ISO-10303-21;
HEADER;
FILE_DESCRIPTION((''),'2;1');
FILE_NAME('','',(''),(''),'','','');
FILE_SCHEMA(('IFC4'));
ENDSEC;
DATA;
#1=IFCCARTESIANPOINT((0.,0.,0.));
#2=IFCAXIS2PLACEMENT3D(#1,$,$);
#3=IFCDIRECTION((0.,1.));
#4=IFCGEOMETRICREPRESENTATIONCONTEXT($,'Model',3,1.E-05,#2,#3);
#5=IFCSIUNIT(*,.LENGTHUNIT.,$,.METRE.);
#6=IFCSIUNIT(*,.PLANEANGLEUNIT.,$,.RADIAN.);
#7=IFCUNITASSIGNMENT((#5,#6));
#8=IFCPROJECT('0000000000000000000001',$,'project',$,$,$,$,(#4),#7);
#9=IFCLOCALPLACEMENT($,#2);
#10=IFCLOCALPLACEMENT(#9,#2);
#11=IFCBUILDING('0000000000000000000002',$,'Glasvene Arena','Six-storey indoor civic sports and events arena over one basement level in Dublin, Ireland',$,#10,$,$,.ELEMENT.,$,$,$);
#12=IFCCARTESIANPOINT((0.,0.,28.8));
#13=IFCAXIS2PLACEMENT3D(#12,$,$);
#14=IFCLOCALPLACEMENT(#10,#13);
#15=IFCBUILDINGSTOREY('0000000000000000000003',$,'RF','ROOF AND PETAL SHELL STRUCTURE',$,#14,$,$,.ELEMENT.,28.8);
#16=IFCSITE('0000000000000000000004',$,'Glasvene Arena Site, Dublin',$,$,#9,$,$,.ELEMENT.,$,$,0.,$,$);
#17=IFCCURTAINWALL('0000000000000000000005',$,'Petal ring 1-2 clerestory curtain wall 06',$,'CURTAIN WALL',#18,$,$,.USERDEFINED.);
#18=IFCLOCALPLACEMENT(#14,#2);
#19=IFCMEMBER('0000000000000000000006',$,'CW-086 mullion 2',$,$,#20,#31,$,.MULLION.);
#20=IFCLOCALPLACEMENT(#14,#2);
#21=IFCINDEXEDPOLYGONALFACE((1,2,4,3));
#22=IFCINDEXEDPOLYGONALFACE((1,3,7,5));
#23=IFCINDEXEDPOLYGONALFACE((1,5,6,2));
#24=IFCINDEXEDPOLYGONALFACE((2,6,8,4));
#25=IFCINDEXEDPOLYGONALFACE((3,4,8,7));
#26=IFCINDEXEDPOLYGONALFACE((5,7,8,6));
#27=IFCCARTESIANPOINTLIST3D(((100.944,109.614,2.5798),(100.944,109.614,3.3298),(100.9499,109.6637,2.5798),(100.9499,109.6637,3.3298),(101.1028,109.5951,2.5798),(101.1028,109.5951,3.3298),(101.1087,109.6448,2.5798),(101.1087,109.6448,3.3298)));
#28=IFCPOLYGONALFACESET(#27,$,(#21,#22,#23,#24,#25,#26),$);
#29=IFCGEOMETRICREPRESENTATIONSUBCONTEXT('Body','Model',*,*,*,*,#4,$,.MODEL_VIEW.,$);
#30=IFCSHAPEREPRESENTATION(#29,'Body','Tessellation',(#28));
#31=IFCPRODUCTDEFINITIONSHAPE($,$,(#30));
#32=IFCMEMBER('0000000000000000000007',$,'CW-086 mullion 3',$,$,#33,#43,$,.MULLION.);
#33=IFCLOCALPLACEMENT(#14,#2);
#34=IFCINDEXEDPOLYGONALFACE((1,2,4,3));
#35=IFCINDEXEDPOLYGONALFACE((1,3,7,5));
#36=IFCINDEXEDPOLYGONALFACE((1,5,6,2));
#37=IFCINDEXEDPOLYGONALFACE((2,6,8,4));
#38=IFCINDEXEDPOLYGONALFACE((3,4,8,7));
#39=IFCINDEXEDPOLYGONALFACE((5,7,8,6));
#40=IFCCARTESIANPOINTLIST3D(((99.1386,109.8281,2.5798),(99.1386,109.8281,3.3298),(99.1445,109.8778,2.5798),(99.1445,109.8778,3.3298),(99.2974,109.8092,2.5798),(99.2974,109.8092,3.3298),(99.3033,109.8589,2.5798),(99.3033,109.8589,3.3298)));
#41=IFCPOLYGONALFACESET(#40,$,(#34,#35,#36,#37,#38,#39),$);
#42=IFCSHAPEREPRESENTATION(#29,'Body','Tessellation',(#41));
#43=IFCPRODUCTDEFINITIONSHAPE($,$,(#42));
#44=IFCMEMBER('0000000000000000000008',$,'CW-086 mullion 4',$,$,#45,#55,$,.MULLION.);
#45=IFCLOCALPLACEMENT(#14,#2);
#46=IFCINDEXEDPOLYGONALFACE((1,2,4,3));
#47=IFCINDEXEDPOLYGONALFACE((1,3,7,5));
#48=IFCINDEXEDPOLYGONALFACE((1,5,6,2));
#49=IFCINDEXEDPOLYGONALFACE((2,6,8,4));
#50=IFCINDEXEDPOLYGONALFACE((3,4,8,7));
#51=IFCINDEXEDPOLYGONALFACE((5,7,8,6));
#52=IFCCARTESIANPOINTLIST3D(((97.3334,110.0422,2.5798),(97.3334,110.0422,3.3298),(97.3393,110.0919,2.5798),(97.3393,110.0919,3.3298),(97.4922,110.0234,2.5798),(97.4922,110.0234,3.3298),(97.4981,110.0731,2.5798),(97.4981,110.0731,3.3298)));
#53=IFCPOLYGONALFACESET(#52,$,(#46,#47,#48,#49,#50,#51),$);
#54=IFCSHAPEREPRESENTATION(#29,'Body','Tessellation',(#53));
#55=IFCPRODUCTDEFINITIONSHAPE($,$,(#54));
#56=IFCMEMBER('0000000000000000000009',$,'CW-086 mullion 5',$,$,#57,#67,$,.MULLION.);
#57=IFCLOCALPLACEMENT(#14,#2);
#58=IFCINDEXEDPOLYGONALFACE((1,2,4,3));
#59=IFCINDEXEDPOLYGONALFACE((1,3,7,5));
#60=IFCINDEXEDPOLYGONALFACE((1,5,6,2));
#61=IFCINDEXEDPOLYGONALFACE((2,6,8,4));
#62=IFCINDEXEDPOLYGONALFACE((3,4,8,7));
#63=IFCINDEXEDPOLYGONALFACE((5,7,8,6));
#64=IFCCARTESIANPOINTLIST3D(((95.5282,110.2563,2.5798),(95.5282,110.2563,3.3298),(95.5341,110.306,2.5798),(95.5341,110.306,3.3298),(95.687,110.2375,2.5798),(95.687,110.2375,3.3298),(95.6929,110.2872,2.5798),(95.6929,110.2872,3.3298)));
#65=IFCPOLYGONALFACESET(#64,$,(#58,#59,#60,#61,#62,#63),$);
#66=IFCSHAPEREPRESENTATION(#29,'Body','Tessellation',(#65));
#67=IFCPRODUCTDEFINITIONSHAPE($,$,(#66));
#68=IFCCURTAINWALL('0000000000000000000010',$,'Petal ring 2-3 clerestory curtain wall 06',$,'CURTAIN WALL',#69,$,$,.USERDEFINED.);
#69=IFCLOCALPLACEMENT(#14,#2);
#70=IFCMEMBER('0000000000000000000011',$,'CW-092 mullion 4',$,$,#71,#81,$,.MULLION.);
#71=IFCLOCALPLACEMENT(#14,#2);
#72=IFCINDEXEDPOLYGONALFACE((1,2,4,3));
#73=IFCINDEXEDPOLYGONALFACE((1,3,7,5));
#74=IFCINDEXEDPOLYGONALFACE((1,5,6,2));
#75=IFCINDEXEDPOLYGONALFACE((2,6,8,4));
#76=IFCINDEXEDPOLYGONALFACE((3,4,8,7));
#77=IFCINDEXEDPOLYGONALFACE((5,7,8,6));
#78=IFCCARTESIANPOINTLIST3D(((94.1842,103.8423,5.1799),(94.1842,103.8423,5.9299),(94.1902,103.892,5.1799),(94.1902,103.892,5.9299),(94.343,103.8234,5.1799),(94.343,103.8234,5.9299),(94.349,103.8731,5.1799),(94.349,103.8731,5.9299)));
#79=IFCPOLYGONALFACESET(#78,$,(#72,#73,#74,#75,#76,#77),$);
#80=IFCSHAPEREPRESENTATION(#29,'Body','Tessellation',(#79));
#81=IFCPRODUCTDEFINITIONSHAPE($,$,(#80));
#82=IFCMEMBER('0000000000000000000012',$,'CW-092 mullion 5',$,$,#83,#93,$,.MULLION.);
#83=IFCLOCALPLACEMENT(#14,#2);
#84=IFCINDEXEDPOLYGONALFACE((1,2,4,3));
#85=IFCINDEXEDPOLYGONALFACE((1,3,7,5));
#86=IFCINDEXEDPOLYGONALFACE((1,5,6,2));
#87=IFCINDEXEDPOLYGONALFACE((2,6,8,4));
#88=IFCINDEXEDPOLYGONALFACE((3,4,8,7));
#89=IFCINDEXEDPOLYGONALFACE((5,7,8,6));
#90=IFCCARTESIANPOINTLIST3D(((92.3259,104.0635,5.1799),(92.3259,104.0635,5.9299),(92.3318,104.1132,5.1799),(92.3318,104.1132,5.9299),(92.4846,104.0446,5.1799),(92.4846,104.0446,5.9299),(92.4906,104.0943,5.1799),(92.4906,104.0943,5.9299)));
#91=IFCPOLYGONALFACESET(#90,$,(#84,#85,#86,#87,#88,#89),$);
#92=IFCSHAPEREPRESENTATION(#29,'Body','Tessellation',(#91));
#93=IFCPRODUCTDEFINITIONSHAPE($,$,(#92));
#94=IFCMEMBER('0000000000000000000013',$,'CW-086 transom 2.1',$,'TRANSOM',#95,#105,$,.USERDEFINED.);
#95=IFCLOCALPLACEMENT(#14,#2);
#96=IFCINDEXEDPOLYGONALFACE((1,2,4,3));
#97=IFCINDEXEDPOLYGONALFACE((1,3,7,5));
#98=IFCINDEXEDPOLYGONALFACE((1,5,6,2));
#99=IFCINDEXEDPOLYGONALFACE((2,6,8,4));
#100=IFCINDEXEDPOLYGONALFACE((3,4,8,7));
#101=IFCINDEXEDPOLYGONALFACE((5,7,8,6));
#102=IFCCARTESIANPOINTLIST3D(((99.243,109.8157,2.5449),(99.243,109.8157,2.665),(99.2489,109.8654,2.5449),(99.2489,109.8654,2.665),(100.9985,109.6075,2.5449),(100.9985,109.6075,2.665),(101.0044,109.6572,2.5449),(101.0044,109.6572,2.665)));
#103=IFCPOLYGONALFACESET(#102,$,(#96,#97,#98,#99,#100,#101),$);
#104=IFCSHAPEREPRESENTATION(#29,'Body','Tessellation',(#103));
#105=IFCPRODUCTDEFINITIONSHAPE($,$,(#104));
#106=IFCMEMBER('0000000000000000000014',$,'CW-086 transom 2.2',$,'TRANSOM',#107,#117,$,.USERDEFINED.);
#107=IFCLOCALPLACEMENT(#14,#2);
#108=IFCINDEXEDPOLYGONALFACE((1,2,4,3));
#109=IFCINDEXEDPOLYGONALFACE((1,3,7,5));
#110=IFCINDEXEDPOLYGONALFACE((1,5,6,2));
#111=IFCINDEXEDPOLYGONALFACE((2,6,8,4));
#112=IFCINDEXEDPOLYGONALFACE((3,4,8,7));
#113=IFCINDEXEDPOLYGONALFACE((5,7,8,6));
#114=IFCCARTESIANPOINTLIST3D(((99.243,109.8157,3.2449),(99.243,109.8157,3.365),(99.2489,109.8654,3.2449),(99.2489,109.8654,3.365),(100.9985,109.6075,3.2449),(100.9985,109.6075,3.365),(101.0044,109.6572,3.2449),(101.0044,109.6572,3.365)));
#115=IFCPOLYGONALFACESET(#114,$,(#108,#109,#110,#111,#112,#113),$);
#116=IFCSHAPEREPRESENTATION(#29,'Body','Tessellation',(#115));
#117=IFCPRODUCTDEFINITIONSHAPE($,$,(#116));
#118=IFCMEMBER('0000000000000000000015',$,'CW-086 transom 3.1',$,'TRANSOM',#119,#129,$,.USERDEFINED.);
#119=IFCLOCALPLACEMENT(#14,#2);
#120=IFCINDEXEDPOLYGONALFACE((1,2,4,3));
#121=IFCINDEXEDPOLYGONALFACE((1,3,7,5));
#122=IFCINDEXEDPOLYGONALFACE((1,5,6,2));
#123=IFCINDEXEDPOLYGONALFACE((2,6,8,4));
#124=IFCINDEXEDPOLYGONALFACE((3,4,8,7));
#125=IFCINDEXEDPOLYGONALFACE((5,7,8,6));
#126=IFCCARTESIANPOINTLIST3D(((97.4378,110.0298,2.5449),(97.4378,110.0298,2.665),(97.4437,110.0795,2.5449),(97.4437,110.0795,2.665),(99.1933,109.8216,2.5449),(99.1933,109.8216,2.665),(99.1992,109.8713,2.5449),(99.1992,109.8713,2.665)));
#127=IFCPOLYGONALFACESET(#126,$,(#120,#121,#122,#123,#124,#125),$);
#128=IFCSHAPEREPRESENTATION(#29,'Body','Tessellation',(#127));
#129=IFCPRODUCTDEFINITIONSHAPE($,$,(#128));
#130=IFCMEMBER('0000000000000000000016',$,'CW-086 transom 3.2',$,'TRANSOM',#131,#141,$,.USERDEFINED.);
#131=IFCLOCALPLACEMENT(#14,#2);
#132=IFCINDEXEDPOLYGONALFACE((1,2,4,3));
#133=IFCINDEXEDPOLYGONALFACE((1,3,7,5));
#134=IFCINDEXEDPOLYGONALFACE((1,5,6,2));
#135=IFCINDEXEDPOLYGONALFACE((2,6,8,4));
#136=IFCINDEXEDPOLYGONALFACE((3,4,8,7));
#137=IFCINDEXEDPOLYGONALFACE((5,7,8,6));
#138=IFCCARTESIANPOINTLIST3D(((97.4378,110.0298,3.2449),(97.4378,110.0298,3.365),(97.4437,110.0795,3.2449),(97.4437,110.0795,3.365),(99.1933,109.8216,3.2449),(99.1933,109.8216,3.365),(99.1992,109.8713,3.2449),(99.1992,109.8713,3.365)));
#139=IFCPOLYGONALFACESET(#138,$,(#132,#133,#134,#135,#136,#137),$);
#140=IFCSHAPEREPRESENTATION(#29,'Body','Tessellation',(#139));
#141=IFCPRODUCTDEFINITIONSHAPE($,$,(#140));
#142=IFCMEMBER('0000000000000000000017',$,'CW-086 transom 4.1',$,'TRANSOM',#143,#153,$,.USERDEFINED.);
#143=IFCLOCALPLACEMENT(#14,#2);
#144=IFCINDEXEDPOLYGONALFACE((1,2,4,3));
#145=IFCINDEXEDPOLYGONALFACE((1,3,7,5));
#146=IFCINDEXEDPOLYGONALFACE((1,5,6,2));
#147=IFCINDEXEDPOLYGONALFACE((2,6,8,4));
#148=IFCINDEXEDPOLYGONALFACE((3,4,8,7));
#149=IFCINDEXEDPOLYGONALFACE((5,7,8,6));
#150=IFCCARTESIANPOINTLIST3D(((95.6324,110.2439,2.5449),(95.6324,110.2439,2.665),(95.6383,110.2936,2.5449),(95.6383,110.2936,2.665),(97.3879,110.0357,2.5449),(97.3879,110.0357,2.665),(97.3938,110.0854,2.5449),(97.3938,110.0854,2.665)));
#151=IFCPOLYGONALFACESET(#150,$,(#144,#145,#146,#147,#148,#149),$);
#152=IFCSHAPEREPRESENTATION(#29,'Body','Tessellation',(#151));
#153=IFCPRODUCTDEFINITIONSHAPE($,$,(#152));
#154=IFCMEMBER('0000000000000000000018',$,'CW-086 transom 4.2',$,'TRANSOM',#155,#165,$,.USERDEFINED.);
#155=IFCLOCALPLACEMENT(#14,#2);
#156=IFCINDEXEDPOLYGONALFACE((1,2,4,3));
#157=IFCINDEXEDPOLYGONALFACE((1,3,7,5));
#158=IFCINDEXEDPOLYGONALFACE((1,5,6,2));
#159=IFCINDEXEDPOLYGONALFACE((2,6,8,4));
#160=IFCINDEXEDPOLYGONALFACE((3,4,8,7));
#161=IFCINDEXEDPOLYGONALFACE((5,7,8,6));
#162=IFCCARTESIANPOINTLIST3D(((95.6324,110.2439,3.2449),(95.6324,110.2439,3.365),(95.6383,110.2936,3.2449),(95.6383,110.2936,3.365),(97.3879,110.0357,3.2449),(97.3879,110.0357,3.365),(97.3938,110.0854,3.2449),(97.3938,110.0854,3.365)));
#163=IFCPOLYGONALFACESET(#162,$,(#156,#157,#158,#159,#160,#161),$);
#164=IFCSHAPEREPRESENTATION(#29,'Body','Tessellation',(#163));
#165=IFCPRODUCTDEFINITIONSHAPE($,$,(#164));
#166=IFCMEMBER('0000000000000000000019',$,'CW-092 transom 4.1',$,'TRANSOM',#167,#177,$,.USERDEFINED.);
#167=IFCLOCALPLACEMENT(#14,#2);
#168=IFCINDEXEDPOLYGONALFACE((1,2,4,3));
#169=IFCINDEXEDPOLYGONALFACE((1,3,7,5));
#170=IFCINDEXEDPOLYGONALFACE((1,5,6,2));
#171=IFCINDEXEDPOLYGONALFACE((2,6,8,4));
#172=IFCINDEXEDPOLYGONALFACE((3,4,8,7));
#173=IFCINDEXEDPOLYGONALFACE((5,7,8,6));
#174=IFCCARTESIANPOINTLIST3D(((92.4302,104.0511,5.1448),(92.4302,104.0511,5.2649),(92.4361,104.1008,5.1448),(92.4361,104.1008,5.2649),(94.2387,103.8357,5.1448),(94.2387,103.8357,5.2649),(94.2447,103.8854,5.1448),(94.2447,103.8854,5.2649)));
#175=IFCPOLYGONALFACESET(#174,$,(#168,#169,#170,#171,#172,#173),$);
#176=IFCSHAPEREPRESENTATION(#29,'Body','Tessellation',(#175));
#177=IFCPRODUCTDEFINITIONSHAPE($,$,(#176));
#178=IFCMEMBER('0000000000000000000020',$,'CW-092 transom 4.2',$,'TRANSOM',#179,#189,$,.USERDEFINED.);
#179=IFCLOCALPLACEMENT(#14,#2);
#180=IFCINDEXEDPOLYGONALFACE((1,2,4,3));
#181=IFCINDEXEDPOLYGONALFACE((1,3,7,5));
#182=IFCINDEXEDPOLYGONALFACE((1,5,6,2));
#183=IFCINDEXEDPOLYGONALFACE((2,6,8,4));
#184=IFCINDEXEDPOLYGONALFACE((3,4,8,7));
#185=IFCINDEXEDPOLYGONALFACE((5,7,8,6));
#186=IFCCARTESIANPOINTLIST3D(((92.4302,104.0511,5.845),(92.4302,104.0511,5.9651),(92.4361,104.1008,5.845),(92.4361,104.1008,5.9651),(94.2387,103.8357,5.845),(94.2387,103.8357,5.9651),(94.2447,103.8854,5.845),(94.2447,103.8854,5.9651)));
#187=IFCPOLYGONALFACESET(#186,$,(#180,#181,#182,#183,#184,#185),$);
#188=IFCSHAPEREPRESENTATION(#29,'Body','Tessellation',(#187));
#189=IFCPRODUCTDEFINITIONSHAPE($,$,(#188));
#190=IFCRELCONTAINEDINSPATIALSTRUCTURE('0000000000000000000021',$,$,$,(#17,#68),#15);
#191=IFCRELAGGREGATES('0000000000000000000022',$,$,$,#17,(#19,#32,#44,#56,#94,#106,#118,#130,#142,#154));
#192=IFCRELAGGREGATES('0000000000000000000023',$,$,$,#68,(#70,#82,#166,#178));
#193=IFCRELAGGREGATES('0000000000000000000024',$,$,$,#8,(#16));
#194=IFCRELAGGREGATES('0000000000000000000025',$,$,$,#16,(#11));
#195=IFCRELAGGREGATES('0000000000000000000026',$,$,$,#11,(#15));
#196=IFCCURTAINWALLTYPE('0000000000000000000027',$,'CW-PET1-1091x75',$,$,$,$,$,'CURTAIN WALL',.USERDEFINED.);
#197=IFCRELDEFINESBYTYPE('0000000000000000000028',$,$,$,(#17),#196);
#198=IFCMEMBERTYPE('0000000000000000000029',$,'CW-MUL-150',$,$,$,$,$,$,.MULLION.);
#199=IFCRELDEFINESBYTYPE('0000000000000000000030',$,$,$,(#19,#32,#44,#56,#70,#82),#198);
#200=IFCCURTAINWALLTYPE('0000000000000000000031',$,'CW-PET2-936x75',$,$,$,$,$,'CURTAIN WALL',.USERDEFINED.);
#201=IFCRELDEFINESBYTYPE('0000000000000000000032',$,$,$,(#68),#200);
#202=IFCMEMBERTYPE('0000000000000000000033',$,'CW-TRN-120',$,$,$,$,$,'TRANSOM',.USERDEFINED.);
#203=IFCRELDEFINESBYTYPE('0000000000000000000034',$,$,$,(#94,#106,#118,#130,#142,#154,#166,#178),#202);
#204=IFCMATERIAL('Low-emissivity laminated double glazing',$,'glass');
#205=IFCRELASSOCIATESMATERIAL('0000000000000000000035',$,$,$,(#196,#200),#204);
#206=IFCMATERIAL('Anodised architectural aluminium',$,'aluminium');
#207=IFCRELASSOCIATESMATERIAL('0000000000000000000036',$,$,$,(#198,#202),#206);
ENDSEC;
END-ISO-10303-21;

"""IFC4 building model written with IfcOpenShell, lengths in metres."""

from ifc_helpers import new_model, si_unit, direction, frame, origin, origin_2d, place, context, subcontext, project, spatial, rectangle, extrude, material, material_profile, profile_set, type_object, element, aggregate, save


model = new_model("IFC4")

# Units and contexts
model_context = context("Model", 3, precision=1e-05, world=origin(), true_north=direction((0.0, 1.0)))
body_context = subcontext(model_context, "Body", "Model", "MODEL_VIEW")
ifc_project = project(units=[si_unit("LENGTHUNIT", "METRE"), si_unit("PLANEANGLEUNIT", "RADIAN")], contexts=[model_context])

# Site, building, storey
site_placement = place(None, origin())
site = spatial("IfcSite", under=ifc_project, at=site_placement, Name="Glasvene Arena Site, Dublin", CompositionType="ELEMENT", RefElevation=0.0)
building_placement = place(site_placement, origin())
building = spatial("IfcBuilding", under=site, at=building_placement, Name="Glasvene Arena", Description="Six-storey indoor civic sports and events arena over one basement level in Dublin, Ireland", CompositionType="ELEMENT")
storey_placement = place(building_placement, frame((0.0, 0.0, 28.8)))
storey = spatial("IfcBuildingStorey", under=building, at=storey_placement, Name="RF", Description="ROOF AND PETAL SHELL STRUCTURE", CompositionType="ELEMENT", Elevation=28.8)

# Curtain walls, members
ifc_material_1 = material(Name="Low-emissivity laminated double glazing", Category="glass")
curtain_wall_type_1 = type_object("IfcCurtainWallType", Name="CW-PET1-1091x75", ElementType="CURTAIN WALL", PredefinedType="USERDEFINED", material=ifc_material_1)
curtain_wall_1_placement = place(storey_placement, frame((102.8315, 109.4153, 0.0)))
curtain_wall_1 = element("IfcCurtainWall", 1, at=curtain_wall_1_placement, inside=storey, type_object=curtain_wall_type_1, Name="Petal ring 1-2 clerestory curtain wall 06", ObjectType="CURTAIN WALL", PredefinedType="USERDEFINED")
ifc_material_2 = material(Name="Anodised architectural aluminium", Category="aluminium")
ifc_material_profile_1 = material_profile(ifc_material_2, rectangle(XDim=0.05, YDim=0.1599, at=origin_2d()), Name="ALU MULLION 50x160")
ifc_profile_set_1 = profile_set([ifc_material_profile_1], Name="Anodised architectural aluminium")
member_type_1 = type_object("IfcMemberType", Name="CW-MUL-150", PredefinedType="MULLION", material=ifc_profile_set_1)
member_1_placement = place(storey_placement, frame((101.0264, 109.6294, 2.5798), z_axis=(0.0, 0.0, 1.0), x_axis=(-0.117772, -0.993041, 0.0)))
member_1 = element("IfcMember", 2, at=member_1_placement, type_object=member_type_1, Name="CW-086 mullion 2", PredefinedType="MULLION", context=body_context, shape_type="SweptSolid", body=[
    extrude(rectangle(XDim=0.05, YDim=0.1599, at=origin_2d()), origin(), (0.0, 0.0, 1.0), 0.75),
])
member_2_placement = place(storey_placement, frame((99.2209, 109.8435, 2.5798), z_axis=(0.0, 0.0, 1.0), x_axis=(-0.117772, -0.993041, 0.0)))
member_2 = element("IfcMember", 3, at=member_2_placement, type_object=member_type_1, Name="CW-086 mullion 3", PredefinedType="MULLION", context=body_context, shape_type="SweptSolid", body=[
    extrude(rectangle(XDim=0.05, YDim=0.1599, at=origin_2d()), origin(), (0.0, 0.0, 1.0), 0.75),
])
member_3_placement = place(storey_placement, frame((97.4158, 110.0576, 2.5798), z_axis=(0.0, 0.0, 1.0), x_axis=(-0.117772, -0.993041, 0.0)))
member_3 = element("IfcMember", 4, at=member_3_placement, type_object=member_type_1, Name="CW-086 mullion 4", PredefinedType="MULLION", context=body_context, shape_type="SweptSolid", body=[
    extrude(rectangle(XDim=0.05, YDim=0.1599, at=origin_2d()), origin(), (0.0, 0.0, 1.0), 0.75),
])
member_4_placement = place(storey_placement, frame((95.6106, 110.2717, 2.5798), z_axis=(0.0, 0.0, 1.0), x_axis=(-0.117772, -0.993041, 0.0)))
member_4 = element("IfcMember", 5, at=member_4_placement, type_object=member_type_1, Name="CW-086 mullion 5", PredefinedType="MULLION", context=body_context, shape_type="SweptSolid", body=[
    extrude(rectangle(XDim=0.05, YDim=0.1599, at=origin_2d()), origin(), (0.0, 0.0, 1.0), 0.75),
])
curtain_wall_type_2 = type_object("IfcCurtainWallType", Name="CW-PET2-936x75", ElementType="CURTAIN WALL", PredefinedType="USERDEFINED", material=ifc_material_1)
curtain_wall_2_placement = place(storey_placement, frame((99.8416, 103.1943, 0.0)))
curtain_wall_2 = element("IfcCurtainWall", 6, at=curtain_wall_2_placement, inside=storey, type_object=curtain_wall_type_2, Name="Petal ring 2-3 clerestory curtain wall 06", ObjectType="CURTAIN WALL", PredefinedType="USERDEFINED")
member_5_placement = place(storey_placement, frame((94.2666, 103.8577, 5.1799), z_axis=(0.0, 0.0, 1.0), x_axis=(-0.118166, -0.992994, 0.0)))
member_5 = element("IfcMember", 7, at=member_5_placement, type_object=member_type_1, Name="CW-092 mullion 4", PredefinedType="MULLION", context=body_context, shape_type="SweptSolid", body=[
    extrude(rectangle(XDim=0.05, YDim=0.1599, at=origin_2d()), origin(), (0.0, 0.0, 1.0), 0.75),
])
member_6_placement = place(storey_placement, frame((92.4082, 104.0789, 5.1799), z_axis=(0.0, 0.0, 1.0), x_axis=(-0.118166, -0.992994, 0.0)))
member_6 = element("IfcMember", 8, at=member_6_placement, type_object=member_type_1, Name="CW-092 mullion 5", PredefinedType="MULLION", context=body_context, shape_type="SweptSolid", body=[
    extrude(rectangle(XDim=0.05, YDim=0.1599, at=origin_2d()), origin(), (0.0, 0.0, 1.0), 0.75),
])

# Members
ifc_material_profile_2 = material_profile(ifc_material_2, rectangle(XDim=0.05, YDim=0.1201, at=origin_2d()), Name="ALU TRANSOM 50x120")
ifc_profile_set_2 = profile_set([ifc_material_profile_2], Name="Anodised architectural aluminium")
member_type_2 = type_object("IfcMemberType", Name="CW-TRN-120", ElementType="TRANSOM", PredefinedType="USERDEFINED", material=ifc_profile_set_2)
member_7_placement = place(storey_placement, frame((101.0015, 109.6323, 2.605), z_axis=(-0.993038, 0.117795, 0.0), x_axis=(-0.117795, -0.993038, 0.0)))
member_7 = element("IfcMember", 9, at=member_7_placement, type_object=member_type_2, Name="CW-086 transom 2.1", ObjectType="TRANSOM", PredefinedType="USERDEFINED", context=body_context, shape_type="SweptSolid", body=[
    extrude(rectangle(XDim=0.05, YDim=0.1201, at=origin_2d()), origin(), (0.0, 0.0, 1.0), 1.7678),
])
member_8_placement = place(storey_placement, frame((101.0015, 109.6323, 3.3049), z_axis=(-0.993038, 0.117795, 0.0), x_axis=(-0.117795, -0.993038, 0.0)))
member_8 = element("IfcMember", 10, at=member_8_placement, type_object=member_type_2, Name="CW-086 transom 2.2", ObjectType="TRANSOM", PredefinedType="USERDEFINED", context=body_context, shape_type="SweptSolid", body=[
    extrude(rectangle(XDim=0.05, YDim=0.1201, at=origin_2d()), origin(), (0.0, 0.0, 1.0), 1.7678),
])
member_9_placement = place(storey_placement, frame((99.1963, 109.8464, 2.605), z_axis=(-0.993038, 0.117795, 0.0), x_axis=(-0.117795, -0.993038, 0.0)))
member_9 = element("IfcMember", 11, at=member_9_placement, type_object=member_type_2, Name="CW-086 transom 3.1", ObjectType="TRANSOM", PredefinedType="USERDEFINED", context=body_context, shape_type="SweptSolid", body=[
    extrude(rectangle(XDim=0.05, YDim=0.1201, at=origin_2d()), origin(), (0.0, 0.0, 1.0), 1.7678),
])
member_10_placement = place(storey_placement, frame((99.1963, 109.8464, 3.3049), z_axis=(-0.993038, 0.117795, 0.0), x_axis=(-0.117795, -0.993038, 0.0)))
member_10 = element("IfcMember", 12, at=member_10_placement, type_object=member_type_2, Name="CW-086 transom 3.2", ObjectType="TRANSOM", PredefinedType="USERDEFINED", context=body_context, shape_type="SweptSolid", body=[
    extrude(rectangle(XDim=0.05, YDim=0.1201, at=origin_2d()), origin(), (0.0, 0.0, 1.0), 1.7678),
])
member_11_placement = place(storey_placement, frame((97.3909, 110.0605, 2.605), z_axis=(-0.993038, 0.117795, 0.0), x_axis=(-0.117795, -0.993038, 0.0)))
member_11 = element("IfcMember", 13, at=member_11_placement, type_object=member_type_2, Name="CW-086 transom 4.1", ObjectType="TRANSOM", PredefinedType="USERDEFINED", context=body_context, shape_type="SweptSolid", body=[
    extrude(rectangle(XDim=0.05, YDim=0.1201, at=origin_2d()), origin(), (0.0, 0.0, 1.0), 1.7678),
])
member_12_placement = place(storey_placement, frame((97.3909, 110.0605, 3.3049), z_axis=(-0.993038, 0.117795, 0.0), x_axis=(-0.117795, -0.993038, 0.0)))
member_12 = element("IfcMember", 14, at=member_12_placement, type_object=member_type_2, Name="CW-086 transom 4.2", ObjectType="TRANSOM", PredefinedType="USERDEFINED", context=body_context, shape_type="SweptSolid", body=[
    extrude(rectangle(XDim=0.05, YDim=0.1201, at=origin_2d()), origin(), (0.0, 0.0, 1.0), 1.7678),
])
member_13_placement = place(storey_placement, frame((94.2417, 103.8606, 5.2048), z_axis=(-0.992987, 0.118225, 0.0), x_axis=(-0.118225, -0.992987, 0.0)))
member_13 = element("IfcMember", 15, at=member_13_placement, type_object=member_type_2, Name="CW-092 transom 4.1", ObjectType="TRANSOM", PredefinedType="USERDEFINED", context=body_context, shape_type="SweptSolid", body=[
    extrude(rectangle(XDim=0.05, YDim=0.1201, at=origin_2d()), origin(), (0.0, 0.0, 1.0), 1.8213),
])
member_14_placement = place(storey_placement, frame((94.2417, 103.8606, 5.905), z_axis=(-0.992987, 0.118225, 0.0), x_axis=(-0.118225, -0.992987, 0.0)))
member_14 = element("IfcMember", 16, at=member_14_placement, type_object=member_type_2, Name="CW-092 transom 4.2", ObjectType="TRANSOM", PredefinedType="USERDEFINED", context=body_context, shape_type="SweptSolid", body=[
    extrude(rectangle(XDim=0.05, YDim=0.1201, at=origin_2d()), origin(), (0.0, 0.0, 1.0), 1.8213),
])

aggregate(curtain_wall_1, [member_1, member_2, member_3, member_4, member_7, member_8, member_9, member_10, member_11, member_12])
aggregate(curtain_wall_2, [member_5, member_6, member_13, member_14])

save(model, "model.ifc")
